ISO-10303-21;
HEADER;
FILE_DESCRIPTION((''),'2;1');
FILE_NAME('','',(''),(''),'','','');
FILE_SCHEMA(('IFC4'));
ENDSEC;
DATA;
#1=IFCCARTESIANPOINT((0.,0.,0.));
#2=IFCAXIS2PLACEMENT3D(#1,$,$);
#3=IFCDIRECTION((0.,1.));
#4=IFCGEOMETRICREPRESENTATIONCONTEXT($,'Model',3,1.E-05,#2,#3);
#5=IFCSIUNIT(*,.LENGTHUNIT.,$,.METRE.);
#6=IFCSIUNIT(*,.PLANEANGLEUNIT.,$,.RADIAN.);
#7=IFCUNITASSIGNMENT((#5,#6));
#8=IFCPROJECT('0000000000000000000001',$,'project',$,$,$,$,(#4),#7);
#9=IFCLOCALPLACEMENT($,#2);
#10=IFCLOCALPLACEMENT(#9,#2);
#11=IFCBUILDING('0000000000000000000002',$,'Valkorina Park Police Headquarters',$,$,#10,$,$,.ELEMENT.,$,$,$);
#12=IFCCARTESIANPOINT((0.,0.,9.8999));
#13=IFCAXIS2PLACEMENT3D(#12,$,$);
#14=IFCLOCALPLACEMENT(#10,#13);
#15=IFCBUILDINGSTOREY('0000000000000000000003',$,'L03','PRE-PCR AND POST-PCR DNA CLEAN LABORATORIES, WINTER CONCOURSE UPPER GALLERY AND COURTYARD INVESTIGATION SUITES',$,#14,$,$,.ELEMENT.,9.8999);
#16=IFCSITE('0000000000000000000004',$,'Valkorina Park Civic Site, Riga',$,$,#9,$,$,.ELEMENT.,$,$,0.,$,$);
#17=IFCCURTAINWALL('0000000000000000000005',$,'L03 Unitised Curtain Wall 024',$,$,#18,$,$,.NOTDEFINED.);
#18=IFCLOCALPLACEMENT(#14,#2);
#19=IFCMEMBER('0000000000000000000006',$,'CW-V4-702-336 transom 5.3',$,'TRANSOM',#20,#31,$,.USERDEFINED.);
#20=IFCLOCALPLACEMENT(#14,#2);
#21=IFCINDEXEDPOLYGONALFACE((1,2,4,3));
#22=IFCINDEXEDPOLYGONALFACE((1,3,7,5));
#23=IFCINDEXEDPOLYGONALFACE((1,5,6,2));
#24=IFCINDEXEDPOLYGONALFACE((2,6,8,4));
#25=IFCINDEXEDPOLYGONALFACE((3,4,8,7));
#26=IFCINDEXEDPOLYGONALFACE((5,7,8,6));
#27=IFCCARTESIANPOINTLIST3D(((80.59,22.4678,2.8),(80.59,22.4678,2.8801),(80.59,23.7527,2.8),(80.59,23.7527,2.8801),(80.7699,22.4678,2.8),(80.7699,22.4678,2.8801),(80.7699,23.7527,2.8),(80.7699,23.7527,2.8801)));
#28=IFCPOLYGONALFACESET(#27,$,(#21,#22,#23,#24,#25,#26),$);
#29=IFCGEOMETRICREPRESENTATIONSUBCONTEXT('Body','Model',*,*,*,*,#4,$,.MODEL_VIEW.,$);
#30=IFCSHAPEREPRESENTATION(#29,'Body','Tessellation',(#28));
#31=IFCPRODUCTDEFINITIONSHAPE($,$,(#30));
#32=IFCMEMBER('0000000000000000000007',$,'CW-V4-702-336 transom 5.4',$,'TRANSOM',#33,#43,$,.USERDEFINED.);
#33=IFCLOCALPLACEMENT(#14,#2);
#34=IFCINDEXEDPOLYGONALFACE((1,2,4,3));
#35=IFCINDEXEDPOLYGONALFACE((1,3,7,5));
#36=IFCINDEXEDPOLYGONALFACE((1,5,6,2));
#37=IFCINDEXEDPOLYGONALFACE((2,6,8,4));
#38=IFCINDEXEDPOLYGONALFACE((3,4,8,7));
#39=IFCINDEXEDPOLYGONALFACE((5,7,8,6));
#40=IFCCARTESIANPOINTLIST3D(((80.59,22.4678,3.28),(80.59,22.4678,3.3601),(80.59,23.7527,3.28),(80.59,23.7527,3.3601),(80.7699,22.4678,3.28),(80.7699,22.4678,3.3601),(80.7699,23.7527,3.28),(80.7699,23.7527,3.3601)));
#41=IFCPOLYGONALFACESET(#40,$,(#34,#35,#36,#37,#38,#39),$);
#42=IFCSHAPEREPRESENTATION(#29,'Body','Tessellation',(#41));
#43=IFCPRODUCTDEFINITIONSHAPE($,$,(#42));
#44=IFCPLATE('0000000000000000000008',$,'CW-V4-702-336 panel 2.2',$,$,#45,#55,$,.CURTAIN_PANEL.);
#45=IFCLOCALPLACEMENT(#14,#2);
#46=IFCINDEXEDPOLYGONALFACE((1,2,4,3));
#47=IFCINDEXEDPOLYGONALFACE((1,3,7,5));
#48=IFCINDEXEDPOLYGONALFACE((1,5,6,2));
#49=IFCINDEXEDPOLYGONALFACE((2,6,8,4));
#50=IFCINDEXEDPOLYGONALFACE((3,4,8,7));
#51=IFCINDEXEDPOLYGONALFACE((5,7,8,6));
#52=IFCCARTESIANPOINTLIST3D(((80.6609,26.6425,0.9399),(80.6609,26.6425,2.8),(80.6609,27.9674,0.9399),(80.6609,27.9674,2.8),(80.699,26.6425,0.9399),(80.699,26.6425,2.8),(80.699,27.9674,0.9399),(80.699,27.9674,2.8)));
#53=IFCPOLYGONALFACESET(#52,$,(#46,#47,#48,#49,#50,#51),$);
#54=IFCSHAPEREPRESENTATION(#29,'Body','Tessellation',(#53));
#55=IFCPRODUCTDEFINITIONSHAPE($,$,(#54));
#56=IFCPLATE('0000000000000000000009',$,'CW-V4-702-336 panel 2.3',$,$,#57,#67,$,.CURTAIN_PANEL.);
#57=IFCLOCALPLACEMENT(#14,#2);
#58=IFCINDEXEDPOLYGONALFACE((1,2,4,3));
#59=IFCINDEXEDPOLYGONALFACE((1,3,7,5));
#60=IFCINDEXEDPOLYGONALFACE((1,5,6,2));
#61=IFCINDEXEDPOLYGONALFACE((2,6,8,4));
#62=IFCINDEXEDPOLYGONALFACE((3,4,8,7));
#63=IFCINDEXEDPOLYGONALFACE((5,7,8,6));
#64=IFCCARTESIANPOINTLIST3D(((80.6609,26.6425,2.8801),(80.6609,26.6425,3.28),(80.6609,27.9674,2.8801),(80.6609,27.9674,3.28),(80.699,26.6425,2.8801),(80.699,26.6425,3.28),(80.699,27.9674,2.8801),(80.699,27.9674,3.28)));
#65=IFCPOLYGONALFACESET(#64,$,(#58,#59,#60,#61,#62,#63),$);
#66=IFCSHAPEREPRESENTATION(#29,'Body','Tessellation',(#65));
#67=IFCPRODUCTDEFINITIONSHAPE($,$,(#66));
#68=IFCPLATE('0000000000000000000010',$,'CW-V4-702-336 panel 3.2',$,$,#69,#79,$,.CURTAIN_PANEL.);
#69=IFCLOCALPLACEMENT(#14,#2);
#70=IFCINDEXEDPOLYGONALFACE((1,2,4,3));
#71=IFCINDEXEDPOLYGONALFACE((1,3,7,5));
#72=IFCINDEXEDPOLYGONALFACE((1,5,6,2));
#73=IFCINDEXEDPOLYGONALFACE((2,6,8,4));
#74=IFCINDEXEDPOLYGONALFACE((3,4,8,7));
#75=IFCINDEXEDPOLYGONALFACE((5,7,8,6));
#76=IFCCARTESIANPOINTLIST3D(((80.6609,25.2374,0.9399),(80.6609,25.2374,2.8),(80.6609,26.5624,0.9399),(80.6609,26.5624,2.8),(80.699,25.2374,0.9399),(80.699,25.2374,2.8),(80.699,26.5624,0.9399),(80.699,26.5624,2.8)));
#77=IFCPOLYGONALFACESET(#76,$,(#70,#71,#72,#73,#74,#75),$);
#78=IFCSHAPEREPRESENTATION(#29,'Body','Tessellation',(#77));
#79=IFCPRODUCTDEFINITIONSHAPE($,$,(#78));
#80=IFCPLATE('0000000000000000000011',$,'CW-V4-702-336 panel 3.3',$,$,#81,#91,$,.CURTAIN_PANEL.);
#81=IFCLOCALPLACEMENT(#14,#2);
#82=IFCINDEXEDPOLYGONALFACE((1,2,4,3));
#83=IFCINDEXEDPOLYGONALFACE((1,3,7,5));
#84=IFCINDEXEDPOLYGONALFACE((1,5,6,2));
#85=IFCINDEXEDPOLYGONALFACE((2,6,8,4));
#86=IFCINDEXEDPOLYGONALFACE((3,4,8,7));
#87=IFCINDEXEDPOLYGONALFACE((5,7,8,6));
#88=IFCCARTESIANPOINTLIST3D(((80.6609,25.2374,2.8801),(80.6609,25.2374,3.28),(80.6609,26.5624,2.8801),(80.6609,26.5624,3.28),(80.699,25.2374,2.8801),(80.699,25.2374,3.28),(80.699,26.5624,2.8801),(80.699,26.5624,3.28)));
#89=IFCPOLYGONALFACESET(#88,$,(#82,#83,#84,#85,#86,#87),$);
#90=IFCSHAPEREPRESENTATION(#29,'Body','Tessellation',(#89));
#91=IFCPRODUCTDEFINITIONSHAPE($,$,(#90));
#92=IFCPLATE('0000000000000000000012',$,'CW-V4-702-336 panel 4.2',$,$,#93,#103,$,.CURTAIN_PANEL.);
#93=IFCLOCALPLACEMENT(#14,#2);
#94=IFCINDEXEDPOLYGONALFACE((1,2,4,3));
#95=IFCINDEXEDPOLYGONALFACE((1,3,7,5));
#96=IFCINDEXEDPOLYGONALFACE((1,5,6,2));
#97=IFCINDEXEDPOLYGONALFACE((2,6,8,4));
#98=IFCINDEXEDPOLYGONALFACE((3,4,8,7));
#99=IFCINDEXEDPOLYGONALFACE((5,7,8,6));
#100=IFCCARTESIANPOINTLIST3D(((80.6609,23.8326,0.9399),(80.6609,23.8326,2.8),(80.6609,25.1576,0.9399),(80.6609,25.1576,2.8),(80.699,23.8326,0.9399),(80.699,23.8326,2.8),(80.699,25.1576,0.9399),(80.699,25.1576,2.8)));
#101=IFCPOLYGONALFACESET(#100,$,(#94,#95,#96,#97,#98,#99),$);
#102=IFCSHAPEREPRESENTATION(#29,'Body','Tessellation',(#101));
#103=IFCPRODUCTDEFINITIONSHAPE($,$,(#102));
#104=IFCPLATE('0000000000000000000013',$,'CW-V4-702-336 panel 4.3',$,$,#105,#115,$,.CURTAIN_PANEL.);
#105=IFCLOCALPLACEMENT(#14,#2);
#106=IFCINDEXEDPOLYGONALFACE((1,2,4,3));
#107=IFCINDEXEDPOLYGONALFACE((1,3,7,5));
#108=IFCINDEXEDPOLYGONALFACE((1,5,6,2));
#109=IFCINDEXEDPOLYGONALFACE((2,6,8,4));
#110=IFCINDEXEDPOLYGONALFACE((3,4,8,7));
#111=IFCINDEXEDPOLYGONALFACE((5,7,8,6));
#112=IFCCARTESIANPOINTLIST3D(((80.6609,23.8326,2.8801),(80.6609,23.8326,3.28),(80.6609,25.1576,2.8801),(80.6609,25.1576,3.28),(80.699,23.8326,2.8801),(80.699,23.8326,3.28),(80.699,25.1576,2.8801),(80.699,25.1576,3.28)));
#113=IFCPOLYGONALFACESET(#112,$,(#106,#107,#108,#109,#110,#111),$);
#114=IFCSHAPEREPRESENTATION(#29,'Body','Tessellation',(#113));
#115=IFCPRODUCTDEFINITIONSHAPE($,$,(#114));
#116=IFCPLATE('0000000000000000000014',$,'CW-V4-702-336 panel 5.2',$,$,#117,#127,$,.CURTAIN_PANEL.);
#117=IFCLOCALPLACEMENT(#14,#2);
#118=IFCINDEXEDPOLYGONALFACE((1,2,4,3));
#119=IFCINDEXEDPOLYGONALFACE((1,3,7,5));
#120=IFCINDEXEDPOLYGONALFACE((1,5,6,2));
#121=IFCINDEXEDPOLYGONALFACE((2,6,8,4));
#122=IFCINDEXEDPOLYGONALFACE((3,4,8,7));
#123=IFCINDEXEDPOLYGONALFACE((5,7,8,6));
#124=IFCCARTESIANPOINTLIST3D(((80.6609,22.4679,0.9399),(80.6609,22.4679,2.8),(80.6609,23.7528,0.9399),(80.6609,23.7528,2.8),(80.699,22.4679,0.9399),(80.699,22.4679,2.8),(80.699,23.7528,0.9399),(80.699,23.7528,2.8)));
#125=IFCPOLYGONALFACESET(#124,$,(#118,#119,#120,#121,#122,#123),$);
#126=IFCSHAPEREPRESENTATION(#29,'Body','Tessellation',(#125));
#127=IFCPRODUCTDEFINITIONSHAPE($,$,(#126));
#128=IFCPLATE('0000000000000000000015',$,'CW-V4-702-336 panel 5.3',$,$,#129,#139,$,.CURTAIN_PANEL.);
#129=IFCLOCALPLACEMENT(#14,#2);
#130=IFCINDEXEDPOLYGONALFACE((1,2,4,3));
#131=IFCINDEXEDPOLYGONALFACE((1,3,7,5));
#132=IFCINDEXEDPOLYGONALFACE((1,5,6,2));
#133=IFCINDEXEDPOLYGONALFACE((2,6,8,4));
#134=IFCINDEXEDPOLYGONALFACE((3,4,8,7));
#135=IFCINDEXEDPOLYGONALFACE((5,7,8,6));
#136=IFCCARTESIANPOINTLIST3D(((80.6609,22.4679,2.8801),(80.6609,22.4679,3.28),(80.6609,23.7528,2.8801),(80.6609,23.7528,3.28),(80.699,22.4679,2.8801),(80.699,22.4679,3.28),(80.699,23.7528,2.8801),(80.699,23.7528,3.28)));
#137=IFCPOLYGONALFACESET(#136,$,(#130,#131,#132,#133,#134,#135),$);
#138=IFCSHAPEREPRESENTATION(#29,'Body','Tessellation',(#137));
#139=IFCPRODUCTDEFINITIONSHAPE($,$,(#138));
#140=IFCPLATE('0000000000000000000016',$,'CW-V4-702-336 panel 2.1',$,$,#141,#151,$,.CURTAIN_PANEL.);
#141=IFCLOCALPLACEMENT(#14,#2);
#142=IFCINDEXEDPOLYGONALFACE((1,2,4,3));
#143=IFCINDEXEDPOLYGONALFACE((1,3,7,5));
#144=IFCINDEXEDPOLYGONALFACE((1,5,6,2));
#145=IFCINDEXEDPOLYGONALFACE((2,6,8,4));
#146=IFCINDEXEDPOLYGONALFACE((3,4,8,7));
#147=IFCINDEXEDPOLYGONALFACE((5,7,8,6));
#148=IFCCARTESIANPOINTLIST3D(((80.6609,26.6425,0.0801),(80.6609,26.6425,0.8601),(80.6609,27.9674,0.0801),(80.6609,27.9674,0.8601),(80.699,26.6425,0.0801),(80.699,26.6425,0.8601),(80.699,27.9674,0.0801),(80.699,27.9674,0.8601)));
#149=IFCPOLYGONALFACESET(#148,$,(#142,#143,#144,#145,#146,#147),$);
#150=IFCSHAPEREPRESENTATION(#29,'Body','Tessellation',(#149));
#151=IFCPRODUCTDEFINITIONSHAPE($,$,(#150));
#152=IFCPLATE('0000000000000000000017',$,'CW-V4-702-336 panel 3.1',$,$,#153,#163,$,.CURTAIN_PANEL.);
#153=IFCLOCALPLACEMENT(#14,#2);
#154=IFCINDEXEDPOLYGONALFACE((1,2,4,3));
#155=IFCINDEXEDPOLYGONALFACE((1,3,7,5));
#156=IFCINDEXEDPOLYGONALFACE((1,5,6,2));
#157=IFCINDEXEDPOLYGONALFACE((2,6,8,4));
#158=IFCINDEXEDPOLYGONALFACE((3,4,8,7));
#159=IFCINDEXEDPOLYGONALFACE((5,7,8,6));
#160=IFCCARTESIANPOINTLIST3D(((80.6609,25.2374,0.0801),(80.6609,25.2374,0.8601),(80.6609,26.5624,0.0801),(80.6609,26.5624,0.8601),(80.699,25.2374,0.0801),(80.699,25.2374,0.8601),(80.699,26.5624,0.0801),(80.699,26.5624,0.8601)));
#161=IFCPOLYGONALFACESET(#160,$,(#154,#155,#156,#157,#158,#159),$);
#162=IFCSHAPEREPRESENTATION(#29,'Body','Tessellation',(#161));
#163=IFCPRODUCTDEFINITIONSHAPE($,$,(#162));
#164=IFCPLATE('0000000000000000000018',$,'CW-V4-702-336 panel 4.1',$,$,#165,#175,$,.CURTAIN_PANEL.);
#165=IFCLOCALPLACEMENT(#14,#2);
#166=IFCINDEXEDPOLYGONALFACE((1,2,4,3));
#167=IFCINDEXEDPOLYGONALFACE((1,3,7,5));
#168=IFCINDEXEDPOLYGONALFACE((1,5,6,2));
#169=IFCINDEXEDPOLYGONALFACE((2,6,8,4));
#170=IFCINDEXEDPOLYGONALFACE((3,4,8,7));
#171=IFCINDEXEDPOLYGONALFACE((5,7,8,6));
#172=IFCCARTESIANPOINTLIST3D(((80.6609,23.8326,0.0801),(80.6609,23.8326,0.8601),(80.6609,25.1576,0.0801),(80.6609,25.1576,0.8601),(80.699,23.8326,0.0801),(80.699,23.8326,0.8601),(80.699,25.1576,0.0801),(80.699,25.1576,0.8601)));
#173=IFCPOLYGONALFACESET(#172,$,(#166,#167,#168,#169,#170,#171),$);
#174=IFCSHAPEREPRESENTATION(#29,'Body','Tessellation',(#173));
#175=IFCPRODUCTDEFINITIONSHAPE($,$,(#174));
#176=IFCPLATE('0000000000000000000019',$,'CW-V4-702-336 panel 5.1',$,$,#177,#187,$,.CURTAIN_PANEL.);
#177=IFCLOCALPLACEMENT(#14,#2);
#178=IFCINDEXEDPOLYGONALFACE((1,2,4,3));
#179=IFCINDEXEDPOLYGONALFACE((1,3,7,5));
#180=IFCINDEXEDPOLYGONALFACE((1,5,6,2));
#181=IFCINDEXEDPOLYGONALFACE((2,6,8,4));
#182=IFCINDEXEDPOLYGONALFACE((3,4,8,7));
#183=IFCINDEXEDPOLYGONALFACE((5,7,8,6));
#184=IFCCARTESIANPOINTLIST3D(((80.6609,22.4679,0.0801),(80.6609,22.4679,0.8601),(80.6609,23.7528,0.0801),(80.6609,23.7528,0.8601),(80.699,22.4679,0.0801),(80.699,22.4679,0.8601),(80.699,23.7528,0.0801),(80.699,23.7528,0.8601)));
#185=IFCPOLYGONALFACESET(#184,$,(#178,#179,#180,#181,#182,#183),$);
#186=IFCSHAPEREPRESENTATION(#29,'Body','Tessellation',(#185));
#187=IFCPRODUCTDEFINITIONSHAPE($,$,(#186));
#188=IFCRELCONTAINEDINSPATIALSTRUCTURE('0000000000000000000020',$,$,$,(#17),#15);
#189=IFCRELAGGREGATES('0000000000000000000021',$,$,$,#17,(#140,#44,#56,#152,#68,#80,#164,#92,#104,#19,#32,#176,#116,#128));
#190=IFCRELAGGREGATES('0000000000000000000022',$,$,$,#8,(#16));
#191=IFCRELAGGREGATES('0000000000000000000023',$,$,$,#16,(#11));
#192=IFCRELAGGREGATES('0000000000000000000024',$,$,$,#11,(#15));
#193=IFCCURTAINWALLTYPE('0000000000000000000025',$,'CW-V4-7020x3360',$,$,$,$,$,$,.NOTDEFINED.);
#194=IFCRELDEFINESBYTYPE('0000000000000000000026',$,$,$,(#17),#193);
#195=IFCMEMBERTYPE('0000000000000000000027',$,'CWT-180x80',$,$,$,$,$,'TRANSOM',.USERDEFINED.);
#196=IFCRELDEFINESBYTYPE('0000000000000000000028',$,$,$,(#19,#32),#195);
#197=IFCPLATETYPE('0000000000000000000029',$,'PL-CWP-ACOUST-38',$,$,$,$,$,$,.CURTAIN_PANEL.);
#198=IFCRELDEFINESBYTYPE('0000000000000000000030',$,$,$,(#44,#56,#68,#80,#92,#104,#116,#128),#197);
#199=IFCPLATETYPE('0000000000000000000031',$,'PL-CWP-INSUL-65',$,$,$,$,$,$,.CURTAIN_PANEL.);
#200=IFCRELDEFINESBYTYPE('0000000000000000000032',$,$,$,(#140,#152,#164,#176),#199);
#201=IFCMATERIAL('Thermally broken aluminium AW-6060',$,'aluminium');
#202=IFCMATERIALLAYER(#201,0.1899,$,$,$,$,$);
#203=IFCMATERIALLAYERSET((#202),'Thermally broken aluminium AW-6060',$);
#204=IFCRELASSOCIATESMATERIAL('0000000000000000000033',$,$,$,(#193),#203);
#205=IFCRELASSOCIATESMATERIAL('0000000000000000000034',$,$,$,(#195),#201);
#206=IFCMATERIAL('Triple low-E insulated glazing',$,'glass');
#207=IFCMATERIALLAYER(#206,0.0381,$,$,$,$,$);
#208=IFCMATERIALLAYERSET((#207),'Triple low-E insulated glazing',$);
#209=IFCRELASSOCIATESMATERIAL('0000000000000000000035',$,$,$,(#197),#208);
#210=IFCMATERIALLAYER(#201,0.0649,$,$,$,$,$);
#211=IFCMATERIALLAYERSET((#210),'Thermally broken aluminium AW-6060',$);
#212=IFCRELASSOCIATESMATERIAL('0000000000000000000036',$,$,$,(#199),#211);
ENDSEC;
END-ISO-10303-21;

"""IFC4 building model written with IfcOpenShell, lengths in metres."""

from ifc_helpers import new_model, si_unit, direction, frame, origin, origin_2d, place, context, subcontext, project, spatial, rectangle, extrude, material, layer, layer_set, material_profile, profile_set, type_object, element, aggregate, save


model = new_model("IFC4")

# Units and contexts
model_context = context("Model", 3, precision=1e-05, world=origin(), true_north=direction((0.0, 1.0)))
body_context = subcontext(model_context, "Body", "Model", "MODEL_VIEW")
ifc_project = project(units=[si_unit("LENGTHUNIT", "METRE"), si_unit("PLANEANGLEUNIT", "RADIAN")], contexts=[model_context])

# Site, building, storey
site_placement = place(None, origin())
site = spatial("IfcSite", under=ifc_project, at=site_placement, Name="Valkorina Park Civic Site, Riga", CompositionType="ELEMENT", RefElevation=0.0)
building_placement = place(site_placement, origin())
building = spatial("IfcBuilding", under=site, at=building_placement, Name="Valkorina Park Police Headquarters", CompositionType="ELEMENT")
storey_placement = place(building_placement, frame((0.0, 0.0, 9.8999)))
storey = spatial("IfcBuildingStorey", under=building, at=storey_placement, Name="L03", Description="PRE-PCR AND POST-PCR DNA CLEAN LABORATORIES, WINTER CONCOURSE UPPER GALLERY AND COURTYARD INVESTIGATION SUITES", CompositionType="ELEMENT", Elevation=9.8999)

# Curtain wall, members, plates
ifc_material_1 = material(Name="Thermally broken aluminium AW-6060", Category="aluminium")
ifc_layer_1 = layer(ifc_material_1, 0.1899)
ifc_layer_set_1 = layer_set([ifc_layer_1], Name="Thermally broken aluminium AW-6060")
curtain_wall_type = type_object("IfcCurtainWallType", Name="CW-V4-7020x3360", PredefinedType="NOTDEFINED", material=ifc_layer_set_1)
curtain_wall_placement = place(storey_placement, origin())
curtain_wall = element("IfcCurtainWall", 1, at=curtain_wall_placement, inside=storey, type_object=curtain_wall_type, Name="L03 Unitised Curtain Wall 024", PredefinedType="NOTDEFINED")
ifc_material_profile_1 = material_profile(ifc_material_1, rectangle(XDim=0.1799, YDim=0.0801, at=origin_2d()), Name="CWT-03 180x80")
ifc_profile_set_1 = profile_set([ifc_material_profile_1], Name="Thermally broken aluminium AW-6060")
member_type_1 = type_object("IfcMemberType", Name="CWT-180x80", ElementType="TRANSOM", PredefinedType="USERDEFINED", material=ifc_profile_set_1)
member_1_placement = place(storey_placement, frame((80.6799, 23.7527, 2.8401), z_axis=(0.0, -1.0, 0.0), x_axis=(1.0, 0.0, 0.0)))
member_1 = element("IfcMember", 2, at=member_1_placement, type_object=member_type_1, Name="CW-V4-702-336 transom 5.3", ObjectType="TRANSOM", PredefinedType="USERDEFINED", context=body_context, shape_type="SweptSolid", body=[
    extrude(rectangle(XDim=0.1799, YDim=0.0801, at=origin_2d()), origin(), (0.0, 0.0, 1.0), 1.2849),
])
member_2_placement = place(storey_placement, frame((80.6799, 23.7527, 3.3201), z_axis=(0.0, -1.0, 0.0), x_axis=(1.0, 0.0, 0.0)))
member_2 = element("IfcMember", 3, at=member_2_placement, type_object=member_type_1, Name="CW-V4-702-336 transom 5.4", ObjectType="TRANSOM", PredefinedType="USERDEFINED", context=body_context, shape_type="SweptSolid", body=[
    extrude(rectangle(XDim=0.1799, YDim=0.0801, at=origin_2d()), origin(), (0.0, 0.0, 1.0), 1.2849),
])
ifc_material_2 = material(Name="Triple low-E insulated glazing", Category="glass")
ifc_layer_2 = layer(ifc_material_2, 0.0381)
ifc_layer_set_2 = layer_set([ifc_layer_2], Name="Triple low-E insulated glazing")
plate_type_1 = type_object("IfcPlateType", Name="PL-CWP-ACOUST-38", PredefinedType="CURTAIN_PANEL", material=ifc_layer_set_2)
plate_1_placement = place(storey_placement, frame((80.6799, 27.3049, 0.9399), z_axis=(0.0, 0.0, 1.0), x_axis=(0.0, -1.0, 0.0)))
plate_1 = element("IfcPlate", 4, at=plate_1_placement, type_object=plate_type_1, Name="CW-V4-702-336 panel 2.2", PredefinedType="CURTAIN_PANEL", context=body_context, shape_type="SweptSolid", body=[
    extrude(rectangle(XDim=1.325, YDim=0.0381, at=origin_2d()), origin(), (0.0, 0.0, 1.0), 1.8601),
])
plate_2_placement = place(storey_placement, frame((80.6799, 27.3049, 2.8801), z_axis=(0.0, 0.0, 1.0), x_axis=(0.0, -1.0, 0.0)))
plate_2 = element("IfcPlate", 5, at=plate_2_placement, type_object=plate_type_1, Name="CW-V4-702-336 panel 2.3", PredefinedType="CURTAIN_PANEL", context=body_context, shape_type="SweptSolid", body=[
    extrude(rectangle(XDim=1.325, YDim=0.0381, at=origin_2d()), origin(), (0.0, 0.0, 1.0), 0.3999),
])
plate_3_placement = place(storey_placement, frame((80.6799, 25.8999, 0.9399), z_axis=(0.0, 0.0, 1.0), x_axis=(0.0, -1.0, 0.0)))
plate_3 = element("IfcPlate", 6, at=plate_3_placement, type_object=plate_type_1, Name="CW-V4-702-336 panel 3.2", PredefinedType="CURTAIN_PANEL", context=body_context, shape_type="SweptSolid", body=[
    extrude(rectangle(XDim=1.325, YDim=0.0381, at=origin_2d()), origin(), (0.0, 0.0, 1.0), 1.8601),
])
plate_4_placement = place(storey_placement, frame((80.6799, 25.8999, 2.8801), z_axis=(0.0, 0.0, 1.0), x_axis=(0.0, -1.0, 0.0)))
plate_4 = element("IfcPlate", 7, at=plate_4_placement, type_object=plate_type_1, Name="CW-V4-702-336 panel 3.3", PredefinedType="CURTAIN_PANEL", context=body_context, shape_type="SweptSolid", body=[
    extrude(rectangle(XDim=1.325, YDim=0.0381, at=origin_2d()), origin(), (0.0, 0.0, 1.0), 0.3999),
])
plate_5_placement = place(storey_placement, frame((80.6799, 24.4951, 0.9399), z_axis=(0.0, 0.0, 1.0), x_axis=(0.0, -1.0, 0.0)))
plate_5 = element("IfcPlate", 8, at=plate_5_placement, type_object=plate_type_1, Name="CW-V4-702-336 panel 4.2", PredefinedType="CURTAIN_PANEL", context=body_context, shape_type="SweptSolid", body=[
    extrude(rectangle(XDim=1.325, YDim=0.0381, at=origin_2d()), origin(), (0.0, 0.0, 1.0), 1.8601),
])
plate_6_placement = place(storey_placement, frame((80.6799, 24.4951, 2.8801), z_axis=(0.0, 0.0, 1.0), x_axis=(0.0, -1.0, 0.0)))
plate_6 = element("IfcPlate", 9, at=plate_6_placement, type_object=plate_type_1, Name="CW-V4-702-336 panel 4.3", PredefinedType="CURTAIN_PANEL", context=body_context, shape_type="SweptSolid", body=[
    extrude(rectangle(XDim=1.325, YDim=0.0381, at=origin_2d()), origin(), (0.0, 0.0, 1.0), 0.3999),
])
plate_7_placement = place(storey_placement, frame((80.6799, 23.1104, 0.9399), z_axis=(0.0, 0.0, 1.0), x_axis=(0.0, -1.0, 0.0)))
plate_7 = element("IfcPlate", 10, at=plate_7_placement, type_object=plate_type_1, Name="CW-V4-702-336 panel 5.2", PredefinedType="CURTAIN_PANEL", context=body_context, shape_type="SweptSolid", body=[
    extrude(rectangle(XDim=1.2849, YDim=0.0381, at=origin_2d()), origin(), (0.0, 0.0, 1.0), 1.8601),
])
plate_8_placement = place(storey_placement, frame((80.6799, 23.1104, 2.8801), z_axis=(0.0, 0.0, 1.0), x_axis=(0.0, -1.0, 0.0)))
plate_8 = element("IfcPlate", 11, at=plate_8_placement, type_object=plate_type_1, Name="CW-V4-702-336 panel 5.3", PredefinedType="CURTAIN_PANEL", context=body_context, shape_type="SweptSolid", body=[
    extrude(rectangle(XDim=1.2849, YDim=0.0381, at=origin_2d()), origin(), (0.0, 0.0, 1.0), 0.3999),
])
ifc_layer_3 = layer(ifc_material_1, 0.0649)
ifc_layer_set_3 = layer_set([ifc_layer_3], Name="Thermally broken aluminium AW-6060")
plate_type_2 = type_object("IfcPlateType", Name="PL-CWP-INSUL-65", PredefinedType="CURTAIN_PANEL", material=ifc_layer_set_3)
plate_9_placement = place(storey_placement, frame((80.6799, 27.3049, 0.0801), z_axis=(0.0, 0.0, 1.0), x_axis=(0.0, -1.0, 0.0)))
plate_9 = element("IfcPlate", 12, at=plate_9_placement, type_object=plate_type_2, Name="CW-V4-702-336 panel 2.1", PredefinedType="CURTAIN_PANEL", context=body_context, shape_type="SweptSolid", body=[
    extrude(rectangle(XDim=1.325, YDim=0.0381, at=origin_2d()), origin(), (0.0, 0.0, 1.0), 0.78),
])
plate_10_placement = place(storey_placement, frame((80.6799, 25.8999, 0.0801), z_axis=(0.0, 0.0, 1.0), x_axis=(0.0, -1.0, 0.0)))
plate_10 = element("IfcPlate", 13, at=plate_10_placement, type_object=plate_type_2, Name="CW-V4-702-336 panel 3.1", PredefinedType="CURTAIN_PANEL", context=body_context, shape_type="SweptSolid", body=[
    extrude(rectangle(XDim=1.325, YDim=0.0381, at=origin_2d()), origin(), (0.0, 0.0, 1.0), 0.78),
])
plate_11_placement = place(storey_placement, frame((80.6799, 24.4951, 0.0801), z_axis=(0.0, 0.0, 1.0), x_axis=(0.0, -1.0, 0.0)))
plate_11 = element("IfcPlate", 14, at=plate_11_placement, type_object=plate_type_2, Name="CW-V4-702-336 panel 4.1", PredefinedType="CURTAIN_PANEL", context=body_context, shape_type="SweptSolid", body=[
    extrude(rectangle(XDim=1.325, YDim=0.0381, at=origin_2d()), origin(), (0.0, 0.0, 1.0), 0.78),
])
plate_12_placement = place(storey_placement, frame((80.6799, 23.1104, 0.0801), z_axis=(0.0, 0.0, 1.0), x_axis=(0.0, -1.0, 0.0)))
plate_12 = element("IfcPlate", 15, at=plate_12_placement, type_object=plate_type_2, Name="CW-V4-702-336 panel 5.1", PredefinedType="CURTAIN_PANEL", context=body_context, shape_type="SweptSolid", body=[
    extrude(rectangle(XDim=1.2849, YDim=0.0381, at=origin_2d()), origin(), (0.0, 0.0, 1.0), 0.78),
])
aggregate(curtain_wall, [plate_9, plate_1, plate_2, plate_10, plate_3, plate_4, plate_11, plate_5, plate_6, member_1, member_2, plate_12, plate_7, plate_8])

save(model, "model.ifc")
